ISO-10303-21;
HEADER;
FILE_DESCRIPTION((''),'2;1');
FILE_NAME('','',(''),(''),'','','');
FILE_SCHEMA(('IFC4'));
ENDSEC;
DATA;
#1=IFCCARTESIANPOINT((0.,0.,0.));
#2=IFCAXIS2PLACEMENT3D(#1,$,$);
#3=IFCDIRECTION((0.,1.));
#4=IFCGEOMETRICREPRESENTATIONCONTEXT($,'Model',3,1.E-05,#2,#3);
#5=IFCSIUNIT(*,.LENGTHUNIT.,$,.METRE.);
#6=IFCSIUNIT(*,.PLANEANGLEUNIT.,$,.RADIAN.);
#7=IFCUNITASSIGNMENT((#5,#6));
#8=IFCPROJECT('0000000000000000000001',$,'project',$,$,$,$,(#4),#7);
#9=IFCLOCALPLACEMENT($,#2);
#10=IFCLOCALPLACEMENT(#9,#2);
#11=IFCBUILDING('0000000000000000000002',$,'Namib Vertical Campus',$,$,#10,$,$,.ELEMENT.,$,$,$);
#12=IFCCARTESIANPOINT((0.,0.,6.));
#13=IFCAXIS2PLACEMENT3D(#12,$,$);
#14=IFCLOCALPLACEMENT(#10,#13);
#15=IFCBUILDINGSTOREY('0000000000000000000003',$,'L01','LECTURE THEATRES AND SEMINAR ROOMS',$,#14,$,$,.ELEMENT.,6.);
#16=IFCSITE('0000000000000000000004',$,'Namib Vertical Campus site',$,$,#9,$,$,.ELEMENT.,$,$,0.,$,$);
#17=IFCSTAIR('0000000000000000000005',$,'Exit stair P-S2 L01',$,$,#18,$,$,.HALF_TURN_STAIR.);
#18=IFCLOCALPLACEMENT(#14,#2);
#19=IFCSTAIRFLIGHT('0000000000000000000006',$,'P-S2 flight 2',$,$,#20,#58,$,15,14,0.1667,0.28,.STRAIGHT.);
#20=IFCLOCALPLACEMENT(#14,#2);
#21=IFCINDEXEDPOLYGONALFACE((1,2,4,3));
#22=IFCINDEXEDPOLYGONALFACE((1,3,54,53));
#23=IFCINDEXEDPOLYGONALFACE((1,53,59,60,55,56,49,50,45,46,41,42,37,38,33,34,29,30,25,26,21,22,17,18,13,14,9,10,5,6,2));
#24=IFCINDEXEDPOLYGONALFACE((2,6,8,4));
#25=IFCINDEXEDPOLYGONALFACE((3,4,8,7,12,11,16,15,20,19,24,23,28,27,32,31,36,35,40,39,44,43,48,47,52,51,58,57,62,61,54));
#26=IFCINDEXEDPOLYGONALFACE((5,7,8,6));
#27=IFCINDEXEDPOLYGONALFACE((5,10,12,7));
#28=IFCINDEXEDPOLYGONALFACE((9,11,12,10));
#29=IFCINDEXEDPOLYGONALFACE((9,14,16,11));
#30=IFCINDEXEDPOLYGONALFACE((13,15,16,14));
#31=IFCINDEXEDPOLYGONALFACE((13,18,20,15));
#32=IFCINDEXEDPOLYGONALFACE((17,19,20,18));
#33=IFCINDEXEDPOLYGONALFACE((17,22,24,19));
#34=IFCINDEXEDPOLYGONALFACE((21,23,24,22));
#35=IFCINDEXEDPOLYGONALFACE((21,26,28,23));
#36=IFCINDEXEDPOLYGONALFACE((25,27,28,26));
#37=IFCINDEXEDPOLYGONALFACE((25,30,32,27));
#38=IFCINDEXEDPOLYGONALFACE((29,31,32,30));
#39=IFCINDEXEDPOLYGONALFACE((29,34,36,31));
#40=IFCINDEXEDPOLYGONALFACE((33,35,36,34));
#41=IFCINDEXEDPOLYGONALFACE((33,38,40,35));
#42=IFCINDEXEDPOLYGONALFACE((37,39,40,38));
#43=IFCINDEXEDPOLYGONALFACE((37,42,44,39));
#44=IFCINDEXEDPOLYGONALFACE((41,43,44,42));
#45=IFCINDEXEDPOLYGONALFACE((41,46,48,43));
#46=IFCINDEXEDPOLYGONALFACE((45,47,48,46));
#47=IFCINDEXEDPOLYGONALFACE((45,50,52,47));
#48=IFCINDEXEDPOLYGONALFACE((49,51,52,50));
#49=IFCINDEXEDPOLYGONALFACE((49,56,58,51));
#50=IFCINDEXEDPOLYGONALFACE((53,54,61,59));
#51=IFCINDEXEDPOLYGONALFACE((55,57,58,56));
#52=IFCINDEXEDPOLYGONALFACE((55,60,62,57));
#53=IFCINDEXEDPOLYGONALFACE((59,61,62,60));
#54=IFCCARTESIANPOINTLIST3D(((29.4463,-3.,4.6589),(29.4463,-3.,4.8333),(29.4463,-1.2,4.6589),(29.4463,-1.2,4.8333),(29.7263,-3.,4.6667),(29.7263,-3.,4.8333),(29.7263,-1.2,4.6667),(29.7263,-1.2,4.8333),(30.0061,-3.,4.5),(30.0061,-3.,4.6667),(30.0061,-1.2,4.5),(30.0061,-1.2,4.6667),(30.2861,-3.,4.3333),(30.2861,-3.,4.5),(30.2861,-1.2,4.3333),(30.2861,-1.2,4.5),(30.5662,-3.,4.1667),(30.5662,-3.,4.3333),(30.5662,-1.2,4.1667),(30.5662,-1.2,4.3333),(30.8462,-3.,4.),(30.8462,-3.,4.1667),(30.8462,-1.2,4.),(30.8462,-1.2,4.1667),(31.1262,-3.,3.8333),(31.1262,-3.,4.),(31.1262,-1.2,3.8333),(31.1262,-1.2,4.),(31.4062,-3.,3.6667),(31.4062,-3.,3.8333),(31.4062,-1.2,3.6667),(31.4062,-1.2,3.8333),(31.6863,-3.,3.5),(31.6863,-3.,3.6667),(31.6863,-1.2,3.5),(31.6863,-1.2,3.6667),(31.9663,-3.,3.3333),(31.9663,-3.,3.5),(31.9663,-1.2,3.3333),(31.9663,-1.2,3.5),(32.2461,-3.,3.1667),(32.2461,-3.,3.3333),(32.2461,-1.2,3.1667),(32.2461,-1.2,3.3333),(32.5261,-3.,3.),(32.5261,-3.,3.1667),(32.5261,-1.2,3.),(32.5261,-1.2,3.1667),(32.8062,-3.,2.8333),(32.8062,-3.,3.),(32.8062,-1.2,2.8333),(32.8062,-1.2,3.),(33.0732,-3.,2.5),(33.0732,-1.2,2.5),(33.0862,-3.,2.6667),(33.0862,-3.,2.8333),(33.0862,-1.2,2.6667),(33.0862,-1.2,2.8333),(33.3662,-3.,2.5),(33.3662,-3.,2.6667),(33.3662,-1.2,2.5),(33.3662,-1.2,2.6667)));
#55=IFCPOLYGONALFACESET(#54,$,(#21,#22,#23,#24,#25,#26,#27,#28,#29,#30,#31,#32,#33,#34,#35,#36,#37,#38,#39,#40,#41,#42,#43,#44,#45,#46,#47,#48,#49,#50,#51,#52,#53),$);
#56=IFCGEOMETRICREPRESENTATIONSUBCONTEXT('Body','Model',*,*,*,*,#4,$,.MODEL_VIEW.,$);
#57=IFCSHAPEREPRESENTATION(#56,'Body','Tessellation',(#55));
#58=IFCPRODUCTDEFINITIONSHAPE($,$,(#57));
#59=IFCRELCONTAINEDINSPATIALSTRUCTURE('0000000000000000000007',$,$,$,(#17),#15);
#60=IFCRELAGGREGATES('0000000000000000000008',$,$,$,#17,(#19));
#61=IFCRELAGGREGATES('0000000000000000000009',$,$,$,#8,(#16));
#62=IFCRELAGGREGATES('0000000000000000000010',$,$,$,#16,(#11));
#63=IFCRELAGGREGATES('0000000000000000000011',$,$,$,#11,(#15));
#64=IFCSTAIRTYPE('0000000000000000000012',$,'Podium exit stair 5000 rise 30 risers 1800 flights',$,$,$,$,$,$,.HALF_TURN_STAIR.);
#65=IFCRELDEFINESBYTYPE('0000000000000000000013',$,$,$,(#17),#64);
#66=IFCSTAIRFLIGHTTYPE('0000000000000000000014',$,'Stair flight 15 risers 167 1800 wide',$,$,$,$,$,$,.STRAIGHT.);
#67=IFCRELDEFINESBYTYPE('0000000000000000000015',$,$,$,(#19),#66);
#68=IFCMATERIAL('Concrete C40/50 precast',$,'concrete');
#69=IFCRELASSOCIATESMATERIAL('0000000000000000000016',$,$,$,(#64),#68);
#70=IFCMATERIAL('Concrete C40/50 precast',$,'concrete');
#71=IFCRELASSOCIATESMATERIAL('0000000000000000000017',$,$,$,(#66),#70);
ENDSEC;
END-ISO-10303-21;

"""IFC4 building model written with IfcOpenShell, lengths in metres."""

from ifc_helpers import new_model, si_unit, direction, frame, origin, place, context, subcontext, project, spatial, polyline, outline, extrude, material, type_object, element, aggregate, save


model = new_model("IFC4")

# Units and contexts
model_context = context("Model", 3, precision=1e-05, world=origin(), true_north=direction((0.0, 1.0)))
body_context = subcontext(model_context, "Body", "Model", "MODEL_VIEW")
ifc_project = project(units=[si_unit("LENGTHUNIT", "METRE"), si_unit("PLANEANGLEUNIT", "RADIAN")], contexts=[model_context])

# Site, building, storey
site_placement = place(None, origin())
site = spatial("IfcSite", under=ifc_project, at=site_placement, Name="Namib Vertical Campus site", CompositionType="ELEMENT", RefElevation=0.0)
building_placement = place(site_placement, origin())
building = spatial("IfcBuilding", under=site, at=building_placement, Name="Namib Vertical Campus", CompositionType="ELEMENT")
storey_placement = place(building_placement, frame((0.0, 0.0, 6.0)))
storey = spatial("IfcBuildingStorey", under=building, at=storey_placement, Name="L01", Description="LECTURE THEATRES AND SEMINAR ROOMS", CompositionType="ELEMENT", Elevation=6.0)

# Stair, stair flight
ifc_material_1 = material(Name="Concrete C40/50 precast", Category="concrete")
stair_type = type_object("IfcStairType", Name="Podium exit stair 5000 rise 30 risers 1800 flights", PredefinedType="HALF_TURN_STAIR", material=ifc_material_1)
stair_placement = place(storey_placement, origin())
stair = element("IfcStair", 1, at=stair_placement, inside=storey, type_object=stair_type, Name="Exit stair P-S2 L01", PredefinedType="HALF_TURN_STAIR")
ifc_material_2 = material(Name="Concrete C40/50 precast", Category="concrete")
stair_flight_type = type_object("IfcStairFlightType", Name="Stair flight 15 risers 167 1800 wide", PredefinedType="STRAIGHT", material=ifc_material_2)
stair_flight_placement = place(storey_placement, frame((33.3662, -2.1001, 2.5), z_axis=(0.0, 0.0, 1.0), x_axis=(-1.0, 0.0, 0.0)))
stair_flight = element("IfcStairFlight", 2, at=stair_flight_placement, type_object=stair_flight_type, Name="P-S2 flight 2", NumberOfRisers=15, NumberOfTreads=14, PredefinedType="STRAIGHT", RiserHeight=0.1667, TreadLength=0.28, context=body_context, shape_type="SweptSolid", body=[
    extrude(outline(polyline([(0.0, 0.0), (0.0, 0.1667), (0.28, 0.1667), (0.28, 0.3333), (0.5601, 0.3333), (0.5601, 0.5), (0.8401, 0.5), (0.8401, 0.6667), (1.1201, 0.6667), (1.1201, 0.8333), (1.3999, 0.8333), (1.3999, 1.0), (1.6799, 1.0), (1.6799, 1.1667), (1.96, 1.1667), (1.96, 1.3333), (2.24, 1.3333), (2.24, 1.5), (2.52, 1.5), (2.52, 1.6667), (2.8, 1.6667), (2.8, 1.8333), (3.0801, 1.8333), (3.0801, 2.0), (3.3601, 2.0), (3.3601, 2.1667), (3.6399, 2.1667), (3.6399, 2.3333), (3.9199, 2.3333), (3.9199, 2.5), (3.9199, 2.1589), (0.293, 0.0), (0.0, 0.0)])), frame((0.0, 0.8999, 0.0), z_axis=(0.0, -1.0, 0.0), x_axis=(1.0, 0.0, 0.0)), (0.0, 0.0, 1.0), 1.8),
])
aggregate(stair, [stair_flight])

save(model, "model.ifc")
